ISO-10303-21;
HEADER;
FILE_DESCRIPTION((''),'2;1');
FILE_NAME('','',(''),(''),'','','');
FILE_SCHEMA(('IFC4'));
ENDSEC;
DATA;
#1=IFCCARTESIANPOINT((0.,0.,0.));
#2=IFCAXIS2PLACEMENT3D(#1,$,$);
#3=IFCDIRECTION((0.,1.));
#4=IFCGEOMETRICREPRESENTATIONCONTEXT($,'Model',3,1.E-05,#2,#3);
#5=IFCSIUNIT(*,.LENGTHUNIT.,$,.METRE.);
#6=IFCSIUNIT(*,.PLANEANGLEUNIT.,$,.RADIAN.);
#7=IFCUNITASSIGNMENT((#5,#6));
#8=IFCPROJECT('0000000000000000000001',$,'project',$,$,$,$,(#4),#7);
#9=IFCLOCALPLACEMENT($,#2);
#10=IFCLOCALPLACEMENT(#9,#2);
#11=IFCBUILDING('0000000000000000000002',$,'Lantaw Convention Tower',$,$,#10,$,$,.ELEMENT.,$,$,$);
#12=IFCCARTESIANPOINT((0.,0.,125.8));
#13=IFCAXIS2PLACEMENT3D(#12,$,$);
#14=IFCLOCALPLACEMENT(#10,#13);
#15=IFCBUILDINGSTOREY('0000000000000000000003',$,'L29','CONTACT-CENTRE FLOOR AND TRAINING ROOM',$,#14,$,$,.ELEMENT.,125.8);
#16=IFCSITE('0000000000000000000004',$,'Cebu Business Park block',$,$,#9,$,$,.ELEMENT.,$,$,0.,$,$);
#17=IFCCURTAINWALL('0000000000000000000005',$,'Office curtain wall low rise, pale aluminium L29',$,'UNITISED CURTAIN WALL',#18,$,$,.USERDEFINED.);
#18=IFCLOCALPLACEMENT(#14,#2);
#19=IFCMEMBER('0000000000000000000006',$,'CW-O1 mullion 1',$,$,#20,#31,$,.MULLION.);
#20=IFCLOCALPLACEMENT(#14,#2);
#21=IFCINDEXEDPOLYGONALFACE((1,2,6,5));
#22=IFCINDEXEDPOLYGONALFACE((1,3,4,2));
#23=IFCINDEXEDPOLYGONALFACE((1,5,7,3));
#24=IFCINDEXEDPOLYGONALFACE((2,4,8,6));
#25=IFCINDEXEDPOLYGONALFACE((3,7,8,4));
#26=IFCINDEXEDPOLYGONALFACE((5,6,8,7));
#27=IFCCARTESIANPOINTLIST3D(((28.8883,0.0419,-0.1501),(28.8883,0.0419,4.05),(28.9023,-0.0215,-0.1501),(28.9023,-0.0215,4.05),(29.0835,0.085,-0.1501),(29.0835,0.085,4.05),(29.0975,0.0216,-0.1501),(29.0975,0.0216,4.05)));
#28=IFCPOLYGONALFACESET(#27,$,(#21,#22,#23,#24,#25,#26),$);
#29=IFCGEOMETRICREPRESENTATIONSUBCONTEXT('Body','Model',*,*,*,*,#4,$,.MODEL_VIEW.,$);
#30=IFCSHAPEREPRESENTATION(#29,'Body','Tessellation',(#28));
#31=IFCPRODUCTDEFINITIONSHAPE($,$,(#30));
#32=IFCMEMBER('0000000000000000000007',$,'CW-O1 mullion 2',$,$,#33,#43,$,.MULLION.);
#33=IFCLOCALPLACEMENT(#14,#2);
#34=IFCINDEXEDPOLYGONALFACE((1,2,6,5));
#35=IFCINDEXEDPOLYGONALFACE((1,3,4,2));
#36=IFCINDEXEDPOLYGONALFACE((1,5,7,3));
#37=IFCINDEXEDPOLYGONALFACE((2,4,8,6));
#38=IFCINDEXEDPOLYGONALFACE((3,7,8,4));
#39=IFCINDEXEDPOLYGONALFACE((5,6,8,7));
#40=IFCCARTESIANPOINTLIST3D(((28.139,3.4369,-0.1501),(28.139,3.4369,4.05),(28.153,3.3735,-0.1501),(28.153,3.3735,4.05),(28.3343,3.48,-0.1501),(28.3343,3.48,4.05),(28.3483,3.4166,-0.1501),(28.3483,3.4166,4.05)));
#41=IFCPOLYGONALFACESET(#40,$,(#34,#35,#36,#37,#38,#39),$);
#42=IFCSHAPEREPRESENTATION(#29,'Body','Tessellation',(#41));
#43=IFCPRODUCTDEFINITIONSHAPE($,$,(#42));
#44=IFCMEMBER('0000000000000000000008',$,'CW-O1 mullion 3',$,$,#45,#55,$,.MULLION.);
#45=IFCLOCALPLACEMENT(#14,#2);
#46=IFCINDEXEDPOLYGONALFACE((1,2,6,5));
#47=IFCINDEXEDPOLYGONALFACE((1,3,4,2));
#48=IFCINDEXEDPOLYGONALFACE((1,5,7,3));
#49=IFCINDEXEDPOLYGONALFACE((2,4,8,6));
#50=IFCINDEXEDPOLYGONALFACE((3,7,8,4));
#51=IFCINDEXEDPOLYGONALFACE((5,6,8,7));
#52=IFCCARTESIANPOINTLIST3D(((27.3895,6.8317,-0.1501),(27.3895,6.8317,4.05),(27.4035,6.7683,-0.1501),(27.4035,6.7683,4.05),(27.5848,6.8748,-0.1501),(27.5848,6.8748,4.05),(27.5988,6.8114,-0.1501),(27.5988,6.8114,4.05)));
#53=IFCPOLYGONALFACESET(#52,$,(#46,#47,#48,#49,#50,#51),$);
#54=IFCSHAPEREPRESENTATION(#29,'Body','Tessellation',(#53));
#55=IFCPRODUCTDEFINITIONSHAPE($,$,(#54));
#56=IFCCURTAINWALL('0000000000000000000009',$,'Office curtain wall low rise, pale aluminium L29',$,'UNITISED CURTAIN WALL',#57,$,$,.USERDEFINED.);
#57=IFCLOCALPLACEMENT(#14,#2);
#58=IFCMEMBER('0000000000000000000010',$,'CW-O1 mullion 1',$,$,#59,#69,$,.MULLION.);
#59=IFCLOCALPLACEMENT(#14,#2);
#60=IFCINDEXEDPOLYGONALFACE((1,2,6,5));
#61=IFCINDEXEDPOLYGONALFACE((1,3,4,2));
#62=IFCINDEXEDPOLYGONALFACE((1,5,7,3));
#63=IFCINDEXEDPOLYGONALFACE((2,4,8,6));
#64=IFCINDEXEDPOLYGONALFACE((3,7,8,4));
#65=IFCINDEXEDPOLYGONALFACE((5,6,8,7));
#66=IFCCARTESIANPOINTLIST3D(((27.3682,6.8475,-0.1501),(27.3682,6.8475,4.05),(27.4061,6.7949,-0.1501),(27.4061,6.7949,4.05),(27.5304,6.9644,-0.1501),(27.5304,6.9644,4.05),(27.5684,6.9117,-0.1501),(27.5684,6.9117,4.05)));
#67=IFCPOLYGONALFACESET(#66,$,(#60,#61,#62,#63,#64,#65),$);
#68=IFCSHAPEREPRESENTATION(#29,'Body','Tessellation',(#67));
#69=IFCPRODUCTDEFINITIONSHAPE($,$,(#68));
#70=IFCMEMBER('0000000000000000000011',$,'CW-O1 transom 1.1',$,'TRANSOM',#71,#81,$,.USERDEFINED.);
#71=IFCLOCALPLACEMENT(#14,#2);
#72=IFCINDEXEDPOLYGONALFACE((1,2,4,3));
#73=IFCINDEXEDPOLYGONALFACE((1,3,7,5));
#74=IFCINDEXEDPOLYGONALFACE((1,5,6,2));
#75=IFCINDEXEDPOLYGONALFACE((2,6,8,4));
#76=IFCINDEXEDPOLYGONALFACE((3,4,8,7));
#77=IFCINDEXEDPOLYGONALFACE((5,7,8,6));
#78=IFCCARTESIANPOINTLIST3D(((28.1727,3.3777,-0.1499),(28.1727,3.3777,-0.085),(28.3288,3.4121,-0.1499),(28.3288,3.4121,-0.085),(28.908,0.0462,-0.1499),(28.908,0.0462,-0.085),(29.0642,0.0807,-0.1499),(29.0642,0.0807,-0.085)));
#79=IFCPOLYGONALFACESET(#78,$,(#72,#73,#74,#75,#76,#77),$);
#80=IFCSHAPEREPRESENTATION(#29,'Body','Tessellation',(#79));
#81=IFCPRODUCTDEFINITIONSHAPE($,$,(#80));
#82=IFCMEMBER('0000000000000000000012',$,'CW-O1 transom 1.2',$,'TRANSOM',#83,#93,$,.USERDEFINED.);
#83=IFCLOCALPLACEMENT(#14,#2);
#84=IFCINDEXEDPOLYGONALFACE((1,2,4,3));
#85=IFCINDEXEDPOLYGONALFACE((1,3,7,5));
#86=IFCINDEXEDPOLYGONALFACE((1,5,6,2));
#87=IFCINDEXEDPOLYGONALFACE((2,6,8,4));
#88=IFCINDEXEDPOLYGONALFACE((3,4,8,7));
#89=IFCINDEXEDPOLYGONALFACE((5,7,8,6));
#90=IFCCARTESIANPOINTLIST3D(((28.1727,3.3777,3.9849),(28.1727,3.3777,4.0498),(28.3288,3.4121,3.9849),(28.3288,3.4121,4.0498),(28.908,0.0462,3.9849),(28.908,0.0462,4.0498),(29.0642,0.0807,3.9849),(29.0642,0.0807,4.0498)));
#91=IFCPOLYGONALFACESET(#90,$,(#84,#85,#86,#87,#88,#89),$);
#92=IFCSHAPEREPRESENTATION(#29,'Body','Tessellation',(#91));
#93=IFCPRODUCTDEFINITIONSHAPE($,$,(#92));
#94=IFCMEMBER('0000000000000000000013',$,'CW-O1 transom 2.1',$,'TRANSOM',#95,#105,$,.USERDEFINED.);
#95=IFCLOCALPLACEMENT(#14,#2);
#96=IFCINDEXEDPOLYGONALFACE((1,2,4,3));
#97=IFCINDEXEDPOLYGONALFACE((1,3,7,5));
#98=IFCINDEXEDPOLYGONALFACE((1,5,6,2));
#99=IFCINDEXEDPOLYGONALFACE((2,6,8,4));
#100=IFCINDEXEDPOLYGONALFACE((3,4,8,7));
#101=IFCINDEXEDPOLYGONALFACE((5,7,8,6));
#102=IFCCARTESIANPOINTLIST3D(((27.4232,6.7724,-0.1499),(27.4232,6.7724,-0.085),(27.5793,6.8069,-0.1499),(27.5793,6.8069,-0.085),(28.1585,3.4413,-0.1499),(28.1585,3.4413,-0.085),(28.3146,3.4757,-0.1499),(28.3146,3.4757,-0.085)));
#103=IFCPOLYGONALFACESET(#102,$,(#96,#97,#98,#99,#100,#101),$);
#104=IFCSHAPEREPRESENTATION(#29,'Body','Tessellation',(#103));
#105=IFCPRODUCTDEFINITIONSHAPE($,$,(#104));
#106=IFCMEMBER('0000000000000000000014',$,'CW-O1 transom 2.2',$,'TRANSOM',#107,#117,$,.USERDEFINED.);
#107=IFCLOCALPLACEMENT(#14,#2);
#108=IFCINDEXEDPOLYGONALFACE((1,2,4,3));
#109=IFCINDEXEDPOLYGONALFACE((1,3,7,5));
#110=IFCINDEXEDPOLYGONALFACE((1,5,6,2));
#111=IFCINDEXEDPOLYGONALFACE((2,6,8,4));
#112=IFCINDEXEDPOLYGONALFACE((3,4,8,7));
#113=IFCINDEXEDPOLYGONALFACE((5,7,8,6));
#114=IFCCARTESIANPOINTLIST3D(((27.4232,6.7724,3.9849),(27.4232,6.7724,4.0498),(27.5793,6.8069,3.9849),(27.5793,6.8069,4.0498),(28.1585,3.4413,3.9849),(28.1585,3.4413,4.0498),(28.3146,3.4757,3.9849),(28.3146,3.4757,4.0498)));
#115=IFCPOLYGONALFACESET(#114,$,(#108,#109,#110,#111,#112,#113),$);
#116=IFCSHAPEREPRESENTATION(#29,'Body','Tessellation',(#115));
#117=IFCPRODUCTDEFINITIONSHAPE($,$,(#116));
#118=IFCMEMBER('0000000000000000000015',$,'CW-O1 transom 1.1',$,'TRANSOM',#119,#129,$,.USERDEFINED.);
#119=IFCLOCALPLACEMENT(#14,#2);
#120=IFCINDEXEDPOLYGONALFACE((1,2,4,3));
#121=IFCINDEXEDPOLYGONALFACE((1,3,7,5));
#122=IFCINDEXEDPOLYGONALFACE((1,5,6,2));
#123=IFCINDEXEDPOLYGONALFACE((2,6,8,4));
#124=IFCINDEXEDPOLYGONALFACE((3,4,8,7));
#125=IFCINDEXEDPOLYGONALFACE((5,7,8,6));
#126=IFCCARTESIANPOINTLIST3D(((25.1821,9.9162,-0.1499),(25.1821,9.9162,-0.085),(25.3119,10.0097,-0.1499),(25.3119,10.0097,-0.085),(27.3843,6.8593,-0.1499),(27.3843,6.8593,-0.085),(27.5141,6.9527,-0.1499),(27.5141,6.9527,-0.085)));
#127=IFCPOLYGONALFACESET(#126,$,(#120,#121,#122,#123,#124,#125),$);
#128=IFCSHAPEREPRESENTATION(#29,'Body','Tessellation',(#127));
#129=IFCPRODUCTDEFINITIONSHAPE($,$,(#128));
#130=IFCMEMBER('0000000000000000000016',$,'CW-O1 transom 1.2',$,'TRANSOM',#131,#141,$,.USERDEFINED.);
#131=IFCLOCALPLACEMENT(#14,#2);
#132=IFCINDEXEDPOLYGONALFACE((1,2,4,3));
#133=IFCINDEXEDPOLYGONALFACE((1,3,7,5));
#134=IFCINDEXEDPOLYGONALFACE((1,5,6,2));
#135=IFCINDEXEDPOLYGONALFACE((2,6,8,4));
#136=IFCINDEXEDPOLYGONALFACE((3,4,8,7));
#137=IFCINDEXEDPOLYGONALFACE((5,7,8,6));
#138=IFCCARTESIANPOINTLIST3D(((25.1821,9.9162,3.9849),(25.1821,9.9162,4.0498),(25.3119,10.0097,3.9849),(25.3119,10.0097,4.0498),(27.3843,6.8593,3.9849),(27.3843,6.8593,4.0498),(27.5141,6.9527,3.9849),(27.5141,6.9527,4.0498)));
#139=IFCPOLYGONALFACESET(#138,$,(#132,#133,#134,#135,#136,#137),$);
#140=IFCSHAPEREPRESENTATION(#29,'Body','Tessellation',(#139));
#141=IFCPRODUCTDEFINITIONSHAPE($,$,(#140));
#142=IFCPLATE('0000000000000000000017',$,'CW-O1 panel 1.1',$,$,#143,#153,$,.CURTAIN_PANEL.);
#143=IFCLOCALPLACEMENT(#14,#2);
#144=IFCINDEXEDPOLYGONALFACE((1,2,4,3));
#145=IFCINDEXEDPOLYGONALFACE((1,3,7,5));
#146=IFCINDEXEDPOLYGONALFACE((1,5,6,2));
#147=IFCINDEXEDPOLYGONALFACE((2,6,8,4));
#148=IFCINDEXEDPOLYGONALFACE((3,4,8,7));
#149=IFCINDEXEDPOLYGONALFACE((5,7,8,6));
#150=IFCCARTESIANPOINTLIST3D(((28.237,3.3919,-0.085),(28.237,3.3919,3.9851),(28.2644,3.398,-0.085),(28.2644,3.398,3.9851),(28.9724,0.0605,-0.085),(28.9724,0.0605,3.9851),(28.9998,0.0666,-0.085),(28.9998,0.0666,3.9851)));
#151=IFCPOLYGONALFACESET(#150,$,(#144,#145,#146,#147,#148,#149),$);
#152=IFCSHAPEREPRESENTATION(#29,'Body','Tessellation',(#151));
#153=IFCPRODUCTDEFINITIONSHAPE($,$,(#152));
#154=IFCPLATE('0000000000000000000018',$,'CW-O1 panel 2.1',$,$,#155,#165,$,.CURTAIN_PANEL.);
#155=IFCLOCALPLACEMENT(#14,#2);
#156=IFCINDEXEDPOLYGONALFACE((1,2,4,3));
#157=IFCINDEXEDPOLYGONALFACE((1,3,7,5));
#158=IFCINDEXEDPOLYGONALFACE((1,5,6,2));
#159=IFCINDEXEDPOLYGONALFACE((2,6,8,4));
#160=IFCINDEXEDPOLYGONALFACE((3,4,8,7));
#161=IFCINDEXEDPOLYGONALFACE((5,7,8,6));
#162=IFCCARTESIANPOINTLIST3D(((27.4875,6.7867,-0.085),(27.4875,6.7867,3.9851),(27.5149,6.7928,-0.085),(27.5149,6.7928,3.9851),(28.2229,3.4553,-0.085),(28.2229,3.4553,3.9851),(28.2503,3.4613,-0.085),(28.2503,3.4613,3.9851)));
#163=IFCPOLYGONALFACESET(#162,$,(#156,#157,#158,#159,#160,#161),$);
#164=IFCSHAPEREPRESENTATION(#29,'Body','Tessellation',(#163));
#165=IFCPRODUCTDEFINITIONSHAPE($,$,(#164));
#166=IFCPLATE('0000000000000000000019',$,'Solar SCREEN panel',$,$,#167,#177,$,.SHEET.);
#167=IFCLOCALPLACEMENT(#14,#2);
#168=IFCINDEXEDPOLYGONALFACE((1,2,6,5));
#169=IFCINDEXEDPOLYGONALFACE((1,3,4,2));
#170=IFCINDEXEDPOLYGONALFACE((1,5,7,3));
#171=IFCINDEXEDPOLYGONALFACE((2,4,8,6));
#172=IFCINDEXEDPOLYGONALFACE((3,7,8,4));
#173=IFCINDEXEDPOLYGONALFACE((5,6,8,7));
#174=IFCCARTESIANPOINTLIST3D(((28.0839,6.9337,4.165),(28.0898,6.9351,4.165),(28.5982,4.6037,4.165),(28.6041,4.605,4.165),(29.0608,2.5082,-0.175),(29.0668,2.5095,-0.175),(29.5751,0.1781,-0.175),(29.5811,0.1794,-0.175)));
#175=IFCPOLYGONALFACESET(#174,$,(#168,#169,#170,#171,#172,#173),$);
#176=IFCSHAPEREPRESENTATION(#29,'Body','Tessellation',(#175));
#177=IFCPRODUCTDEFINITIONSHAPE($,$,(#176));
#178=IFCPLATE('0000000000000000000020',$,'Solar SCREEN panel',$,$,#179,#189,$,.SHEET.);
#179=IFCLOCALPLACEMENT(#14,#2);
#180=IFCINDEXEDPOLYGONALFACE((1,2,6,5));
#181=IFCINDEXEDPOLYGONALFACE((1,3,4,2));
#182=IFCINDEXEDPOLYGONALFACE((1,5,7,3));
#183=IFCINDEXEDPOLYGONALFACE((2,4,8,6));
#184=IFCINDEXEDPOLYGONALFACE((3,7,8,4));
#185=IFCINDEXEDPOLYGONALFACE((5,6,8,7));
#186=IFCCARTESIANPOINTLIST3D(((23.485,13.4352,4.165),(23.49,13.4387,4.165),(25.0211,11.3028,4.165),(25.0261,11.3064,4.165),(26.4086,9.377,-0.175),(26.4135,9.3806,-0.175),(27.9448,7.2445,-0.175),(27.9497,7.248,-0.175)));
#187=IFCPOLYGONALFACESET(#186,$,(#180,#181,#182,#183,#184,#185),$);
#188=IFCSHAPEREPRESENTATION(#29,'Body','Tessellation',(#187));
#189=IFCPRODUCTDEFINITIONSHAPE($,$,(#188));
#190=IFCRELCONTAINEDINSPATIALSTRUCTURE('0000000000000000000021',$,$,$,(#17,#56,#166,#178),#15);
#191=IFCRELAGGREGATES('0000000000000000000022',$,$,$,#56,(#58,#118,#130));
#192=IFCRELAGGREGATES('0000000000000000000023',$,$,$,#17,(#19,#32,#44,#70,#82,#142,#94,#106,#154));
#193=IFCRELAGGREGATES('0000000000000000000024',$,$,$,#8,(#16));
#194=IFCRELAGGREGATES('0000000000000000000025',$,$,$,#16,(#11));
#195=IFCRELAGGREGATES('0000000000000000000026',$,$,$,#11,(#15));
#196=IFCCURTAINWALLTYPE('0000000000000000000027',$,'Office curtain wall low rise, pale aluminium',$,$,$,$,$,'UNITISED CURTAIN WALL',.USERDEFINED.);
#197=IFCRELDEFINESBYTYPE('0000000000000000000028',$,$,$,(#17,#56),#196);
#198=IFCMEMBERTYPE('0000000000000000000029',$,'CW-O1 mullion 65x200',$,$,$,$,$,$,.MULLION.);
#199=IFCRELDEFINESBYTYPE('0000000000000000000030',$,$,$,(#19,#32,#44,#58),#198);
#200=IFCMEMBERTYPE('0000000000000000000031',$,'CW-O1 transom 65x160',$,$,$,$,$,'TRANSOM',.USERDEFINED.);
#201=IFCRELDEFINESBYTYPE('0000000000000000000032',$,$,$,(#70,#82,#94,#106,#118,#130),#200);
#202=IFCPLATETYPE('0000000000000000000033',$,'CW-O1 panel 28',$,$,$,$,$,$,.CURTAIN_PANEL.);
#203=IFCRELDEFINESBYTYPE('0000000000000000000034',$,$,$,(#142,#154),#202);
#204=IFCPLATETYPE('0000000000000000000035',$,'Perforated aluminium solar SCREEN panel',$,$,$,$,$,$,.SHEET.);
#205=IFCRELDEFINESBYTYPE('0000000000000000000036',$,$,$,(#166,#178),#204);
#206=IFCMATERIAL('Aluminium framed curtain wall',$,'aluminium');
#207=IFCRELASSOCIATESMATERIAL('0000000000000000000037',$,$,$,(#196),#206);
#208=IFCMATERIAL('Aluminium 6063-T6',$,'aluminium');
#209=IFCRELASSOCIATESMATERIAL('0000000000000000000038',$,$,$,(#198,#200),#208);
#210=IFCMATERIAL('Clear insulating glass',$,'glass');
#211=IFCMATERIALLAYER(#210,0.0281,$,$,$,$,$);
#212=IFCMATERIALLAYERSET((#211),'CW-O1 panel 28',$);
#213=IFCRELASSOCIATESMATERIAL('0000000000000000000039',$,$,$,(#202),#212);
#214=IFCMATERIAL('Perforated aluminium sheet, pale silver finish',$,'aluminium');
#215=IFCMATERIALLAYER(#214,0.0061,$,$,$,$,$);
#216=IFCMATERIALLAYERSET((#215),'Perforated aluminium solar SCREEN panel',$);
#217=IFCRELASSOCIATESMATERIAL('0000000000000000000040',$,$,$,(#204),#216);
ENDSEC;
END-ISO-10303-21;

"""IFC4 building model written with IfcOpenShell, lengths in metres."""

from ifc_helpers import new_model, si_unit, direction, frame, origin, origin_2d, place, context, subcontext, project, spatial, polyline, rectangle, outline, extrude, material, layer, layer_set, material_profile, profile_set, type_object, element, aggregate, save


model = new_model("IFC4")

# Units and contexts
model_context = context("Model", 3, precision=1e-05, world=origin(), true_north=direction((0.0, 1.0)))
body_context = subcontext(model_context, "Body", "Model", "MODEL_VIEW")
ifc_project = project(units=[si_unit("LENGTHUNIT", "METRE"), si_unit("PLANEANGLEUNIT", "RADIAN")], contexts=[model_context])

# Site, building, storey
site_placement = place(None, origin())
site = spatial("IfcSite", under=ifc_project, at=site_placement, Name="Cebu Business Park block", CompositionType="ELEMENT", RefElevation=0.0)
building_placement = place(site_placement, origin())
building = spatial("IfcBuilding", under=site, at=building_placement, Name="Lantaw Convention Tower", CompositionType="ELEMENT")
storey_placement = place(building_placement, frame((0.0, 0.0, 125.8)))
storey = spatial("IfcBuildingStorey", under=building, at=storey_placement, Name="L29", Description="CONTACT-CENTRE FLOOR AND TRAINING ROOM", CompositionType="ELEMENT", Elevation=125.8)

# Curtain wall, members
ifc_material_1 = material(Name="Aluminium framed curtain wall", Category="aluminium")
curtain_wall_type = type_object("IfcCurtainWallType", Name="Office curtain wall low rise, pale aluminium", ElementType="UNITISED CURTAIN WALL", PredefinedType="USERDEFINED", material=ifc_material_1)
curtain_wall_1_placement = place(storey_placement, origin())
curtain_wall_1 = element("IfcCurtainWall", 1, at=curtain_wall_1_placement, inside=storey, type_object=curtain_wall_type, Name="Office curtain wall low rise, pale aluminium L29", ObjectType="UNITISED CURTAIN WALL", PredefinedType="USERDEFINED")
ifc_material_2 = material(Name="Aluminium 6063-T6", Category="aluminium")
ifc_material_profile_1 = material_profile(ifc_material_2, rectangle(XDim=0.2, YDim=0.0649, at=origin_2d()), Name="CW-O1 mullion 65x200")
ifc_profile_set_1 = profile_set([ifc_material_profile_1], Name="Aluminium 6063-T6")
member_type_1 = type_object("IfcMemberType", Name="CW-O1 mullion 65x200", PredefinedType="MULLION", material=ifc_profile_set_1)
member_1_placement = place(storey_placement, frame((28.9929, 0.0317, -0.1501), z_axis=(0.0, 0.0, 1.0), x_axis=(-0.976494, -0.215546, 0.0)))
member_1 = element("IfcMember", 2, at=member_1_placement, type_object=member_type_1, Name="CW-O1 mullion 1", PredefinedType="MULLION", context=body_context, shape_type="SweptSolid", body=[
    extrude(rectangle(XDim=0.2, YDim=0.0649, at=origin_2d()), origin(), (0.0, 0.0, 1.0), 4.2002),
])
member_2_placement = place(storey_placement, frame((28.2437, 3.4268, -0.1501), z_axis=(0.0, 0.0, 1.0), x_axis=(-0.976494, -0.215546, 0.0)))
member_2 = element("IfcMember", 3, at=member_2_placement, type_object=member_type_1, Name="CW-O1 mullion 2", PredefinedType="MULLION", context=body_context, shape_type="SweptSolid", body=[
    extrude(rectangle(XDim=0.2, YDim=0.0649, at=origin_2d()), origin(), (0.0, 0.0, 1.0), 4.2002),
])
member_3_placement = place(storey_placement, frame((27.4941, 6.8215, -0.1501), z_axis=(0.0, 0.0, 1.0), x_axis=(-0.976494, -0.215546, 0.0)))
member_3 = element("IfcMember", 4, at=member_3_placement, type_object=member_type_1, Name="CW-O1 mullion 3", PredefinedType="MULLION", context=body_context, shape_type="SweptSolid", body=[
    extrude(rectangle(XDim=0.2, YDim=0.0649, at=origin_2d()), origin(), (0.0, 0.0, 1.0), 4.2002),
])

# Curtain wall, member
curtain_wall_2_placement = place(storey_placement, origin())
curtain_wall_2 = element("IfcCurtainWall", 5, at=curtain_wall_2_placement, inside=storey, type_object=curtain_wall_type, Name="Office curtain wall low rise, pale aluminium L29", ObjectType="UNITISED CURTAIN WALL", PredefinedType="USERDEFINED")
member_4_placement = place(storey_placement, frame((27.4683, 6.8796, -0.1501), z_axis=(0.0, 0.0, 1.0), x_axis=(-0.811385, -0.584513, 0.0)))
member_4 = element("IfcMember", 6, at=member_4_placement, type_object=member_type_1, Name="CW-O1 mullion 1", PredefinedType="MULLION", context=body_context, shape_type="SweptSolid", body=[
    extrude(rectangle(XDim=0.2, YDim=0.0649, at=origin_2d()), origin(), (0.0, 0.0, 1.0), 4.2002),
])

# Members
ifc_material_profile_2 = material_profile(ifc_material_2, rectangle(XDim=0.1599, YDim=0.0649, at=origin_2d()), Name="CW-O1 transom 65x160")
ifc_profile_set_2 = profile_set([ifc_material_profile_2], Name="Aluminium 6063-T6")
member_type_2 = type_object("IfcMemberType", Name="CW-O1 transom 65x160", ElementType="TRANSOM", PredefinedType="USERDEFINED", material=ifc_profile_set_2)
member_5_placement = place(storey_placement, frame((28.9861, 0.0635, -0.1174), z_axis=(-0.215536, 0.976496, 0.0), x_axis=(-0.976496, -0.215536, 0.0)))
member_5 = element("IfcMember", 7, at=member_5_placement, type_object=member_type_2, Name="CW-O1 transom 1.1", ObjectType="TRANSOM", PredefinedType="USERDEFINED", context=body_context, shape_type="SweptSolid", body=[
    extrude(rectangle(XDim=0.1599, YDim=0.0649, at=origin_2d()), origin(), (0.0, 0.0, 1.0), 3.4116),
])
member_6_placement = place(storey_placement, frame((28.9861, 0.0635, 4.0173), z_axis=(-0.215536, 0.976496, 0.0), x_axis=(-0.976496, -0.215536, 0.0)))
member_6 = element("IfcMember", 8, at=member_6_placement, type_object=member_type_2, Name="CW-O1 transom 1.2", ObjectType="TRANSOM", PredefinedType="USERDEFINED", context=body_context, shape_type="SweptSolid", body=[
    extrude(rectangle(XDim=0.1599, YDim=0.0649, at=origin_2d()), origin(), (0.0, 0.0, 1.0), 3.4116),
])
member_7_placement = place(storey_placement, frame((28.2366, 3.4585, -0.1174), z_axis=(-0.215551, 0.976493, 0.0), x_axis=(-0.976493, -0.215551, 0.0)))
member_7 = element("IfcMember", 9, at=member_7_placement, type_object=member_type_2, Name="CW-O1 transom 2.1", ObjectType="TRANSOM", PredefinedType="USERDEFINED", context=body_context, shape_type="SweptSolid", body=[
    extrude(rectangle(XDim=0.1599, YDim=0.0649, at=origin_2d()), origin(), (0.0, 0.0, 1.0), 3.4114),
])
member_8_placement = place(storey_placement, frame((28.2366, 3.4585, 4.0173), z_axis=(-0.215551, 0.976493, 0.0), x_axis=(-0.976493, -0.215551, 0.0)))
member_8 = element("IfcMember", 10, at=member_8_placement, type_object=member_type_2, Name="CW-O1 transom 2.2", ObjectType="TRANSOM", PredefinedType="USERDEFINED", context=body_context, shape_type="SweptSolid", body=[
    extrude(rectangle(XDim=0.1599, YDim=0.0649, at=origin_2d()), origin(), (0.0, 0.0, 1.0), 3.4114),
])
member_9_placement = place(storey_placement, frame((27.4492, 6.906, -0.1174), z_axis=(-0.584513, 0.811384, 0.0), x_axis=(-0.811384, -0.584513, 0.0)))
member_9 = element("IfcMember", 11, at=member_9_placement, type_object=member_type_2, Name="CW-O1 transom 1.1", ObjectType="TRANSOM", PredefinedType="USERDEFINED", context=body_context, shape_type="SweptSolid", body=[
    extrude(rectangle(XDim=0.1599, YDim=0.0649, at=origin_2d()), origin(), (0.0, 0.0, 1.0), 3.7676),
])
member_10_placement = place(storey_placement, frame((27.4492, 6.906, 4.0173), z_axis=(-0.584513, 0.811384, 0.0), x_axis=(-0.811384, -0.584513, 0.0)))
member_10 = element("IfcMember", 12, at=member_10_placement, type_object=member_type_2, Name="CW-O1 transom 1.2", ObjectType="TRANSOM", PredefinedType="USERDEFINED", context=body_context, shape_type="SweptSolid", body=[
    extrude(rectangle(XDim=0.1599, YDim=0.0649, at=origin_2d()), origin(), (0.0, 0.0, 1.0), 3.7676),
])
aggregate(curtain_wall_2, [member_4, member_9, member_10])

# Plates
ifc_material_3 = material(Name="Clear insulating glass", Category="glass")
ifc_layer_1 = layer(ifc_material_3, 0.0281)
ifc_layer_set_1 = layer_set([ifc_layer_1], Name="CW-O1 panel 28")
plate_type_1 = type_object("IfcPlateType", Name="CW-O1 panel 28", PredefinedType="CURTAIN_PANEL", material=ifc_layer_set_1)
plate_1_placement = place(storey_placement, frame((28.6184, 1.7292, -0.085), z_axis=(0.0, 0.0, 1.0), x_axis=(-0.215546, 0.976494, 0.0)))
plate_1 = element("IfcPlate", 13, at=plate_1_placement, type_object=plate_type_1, Name="CW-O1 panel 1.1", PredefinedType="CURTAIN_PANEL", context=body_context, shape_type="SweptSolid", body=[
    extrude(rectangle(XDim=3.4116, YDim=0.0281, at=origin_2d()), origin(), (0.0, 0.0, 1.0), 4.0701),
])
plate_2_placement = place(storey_placement, frame((27.8689, 5.124, -0.085), z_axis=(0.0, 0.0, 1.0), x_axis=(-0.215546, 0.976494, 0.0)))
plate_2 = element("IfcPlate", 14, at=plate_2_placement, type_object=plate_type_1, Name="CW-O1 panel 2.1", PredefinedType="CURTAIN_PANEL", context=body_context, shape_type="SweptSolid", body=[
    extrude(rectangle(XDim=3.4116, YDim=0.0281, at=origin_2d()), origin(), (0.0, 0.0, 1.0), 4.0701),
])
aggregate(curtain_wall_1, [member_1, member_2, member_3, member_5, member_6, plate_1, member_7, member_8, plate_2])

# Plates
ifc_material_4 = material(Name="Perforated aluminium sheet, pale silver finish", Category="aluminium")
ifc_layer_2 = layer(ifc_material_4, 0.0061)
ifc_layer_set_2 = layer_set([ifc_layer_2], Name="Perforated aluminium solar SCREEN panel")
plate_type_2 = type_object("IfcPlateType", Name="Perforated aluminium solar SCREEN panel", PredefinedType="SHEET", material=ifc_layer_set_2)
plate_3_placement = place(storey_placement, frame((29.5811, 0.1794, -0.175), z_axis=(0.976498, 0.215527, 0.000033), x_axis=(-0.215527, 0.976498, 0.0)))
element("IfcPlate", 15, at=plate_3_placement, inside=storey, type_object=plate_type_2, Name="Solar SCREEN panel", PredefinedType="SHEET", context=body_context, shape_type="SweptSolid", body=[
    extrude(outline(polyline([(0.0, 0.0), (2.3862, 0.0), (6.9182, 4.3401), (4.5321, 4.3401), (0.0, 0.0)])), origin(), (0.0, 0.0, -1.0), 0.0061),
])
plate_4_placement = place(storey_placement, frame((27.9497, 7.248, -0.175), z_axis=(0.811395, 0.584498, 0.000036), x_axis=(-0.584498, 0.811395, 0.0)))
element("IfcPlate", 16, at=plate_4_placement, inside=storey, type_object=plate_type_2, Name="Solar SCREEN panel", PredefinedType="SHEET", context=body_context, shape_type="SweptSolid", body=[
    extrude(outline(polyline([(0.0, 0.0), (2.6282, 0.0), (7.6298, 4.3401), (5.0018, 4.3401), (0.0, 0.0)])), origin(), (0.0, 0.0, -1.0), 0.0061),
])

save(model, "model.ifc")
